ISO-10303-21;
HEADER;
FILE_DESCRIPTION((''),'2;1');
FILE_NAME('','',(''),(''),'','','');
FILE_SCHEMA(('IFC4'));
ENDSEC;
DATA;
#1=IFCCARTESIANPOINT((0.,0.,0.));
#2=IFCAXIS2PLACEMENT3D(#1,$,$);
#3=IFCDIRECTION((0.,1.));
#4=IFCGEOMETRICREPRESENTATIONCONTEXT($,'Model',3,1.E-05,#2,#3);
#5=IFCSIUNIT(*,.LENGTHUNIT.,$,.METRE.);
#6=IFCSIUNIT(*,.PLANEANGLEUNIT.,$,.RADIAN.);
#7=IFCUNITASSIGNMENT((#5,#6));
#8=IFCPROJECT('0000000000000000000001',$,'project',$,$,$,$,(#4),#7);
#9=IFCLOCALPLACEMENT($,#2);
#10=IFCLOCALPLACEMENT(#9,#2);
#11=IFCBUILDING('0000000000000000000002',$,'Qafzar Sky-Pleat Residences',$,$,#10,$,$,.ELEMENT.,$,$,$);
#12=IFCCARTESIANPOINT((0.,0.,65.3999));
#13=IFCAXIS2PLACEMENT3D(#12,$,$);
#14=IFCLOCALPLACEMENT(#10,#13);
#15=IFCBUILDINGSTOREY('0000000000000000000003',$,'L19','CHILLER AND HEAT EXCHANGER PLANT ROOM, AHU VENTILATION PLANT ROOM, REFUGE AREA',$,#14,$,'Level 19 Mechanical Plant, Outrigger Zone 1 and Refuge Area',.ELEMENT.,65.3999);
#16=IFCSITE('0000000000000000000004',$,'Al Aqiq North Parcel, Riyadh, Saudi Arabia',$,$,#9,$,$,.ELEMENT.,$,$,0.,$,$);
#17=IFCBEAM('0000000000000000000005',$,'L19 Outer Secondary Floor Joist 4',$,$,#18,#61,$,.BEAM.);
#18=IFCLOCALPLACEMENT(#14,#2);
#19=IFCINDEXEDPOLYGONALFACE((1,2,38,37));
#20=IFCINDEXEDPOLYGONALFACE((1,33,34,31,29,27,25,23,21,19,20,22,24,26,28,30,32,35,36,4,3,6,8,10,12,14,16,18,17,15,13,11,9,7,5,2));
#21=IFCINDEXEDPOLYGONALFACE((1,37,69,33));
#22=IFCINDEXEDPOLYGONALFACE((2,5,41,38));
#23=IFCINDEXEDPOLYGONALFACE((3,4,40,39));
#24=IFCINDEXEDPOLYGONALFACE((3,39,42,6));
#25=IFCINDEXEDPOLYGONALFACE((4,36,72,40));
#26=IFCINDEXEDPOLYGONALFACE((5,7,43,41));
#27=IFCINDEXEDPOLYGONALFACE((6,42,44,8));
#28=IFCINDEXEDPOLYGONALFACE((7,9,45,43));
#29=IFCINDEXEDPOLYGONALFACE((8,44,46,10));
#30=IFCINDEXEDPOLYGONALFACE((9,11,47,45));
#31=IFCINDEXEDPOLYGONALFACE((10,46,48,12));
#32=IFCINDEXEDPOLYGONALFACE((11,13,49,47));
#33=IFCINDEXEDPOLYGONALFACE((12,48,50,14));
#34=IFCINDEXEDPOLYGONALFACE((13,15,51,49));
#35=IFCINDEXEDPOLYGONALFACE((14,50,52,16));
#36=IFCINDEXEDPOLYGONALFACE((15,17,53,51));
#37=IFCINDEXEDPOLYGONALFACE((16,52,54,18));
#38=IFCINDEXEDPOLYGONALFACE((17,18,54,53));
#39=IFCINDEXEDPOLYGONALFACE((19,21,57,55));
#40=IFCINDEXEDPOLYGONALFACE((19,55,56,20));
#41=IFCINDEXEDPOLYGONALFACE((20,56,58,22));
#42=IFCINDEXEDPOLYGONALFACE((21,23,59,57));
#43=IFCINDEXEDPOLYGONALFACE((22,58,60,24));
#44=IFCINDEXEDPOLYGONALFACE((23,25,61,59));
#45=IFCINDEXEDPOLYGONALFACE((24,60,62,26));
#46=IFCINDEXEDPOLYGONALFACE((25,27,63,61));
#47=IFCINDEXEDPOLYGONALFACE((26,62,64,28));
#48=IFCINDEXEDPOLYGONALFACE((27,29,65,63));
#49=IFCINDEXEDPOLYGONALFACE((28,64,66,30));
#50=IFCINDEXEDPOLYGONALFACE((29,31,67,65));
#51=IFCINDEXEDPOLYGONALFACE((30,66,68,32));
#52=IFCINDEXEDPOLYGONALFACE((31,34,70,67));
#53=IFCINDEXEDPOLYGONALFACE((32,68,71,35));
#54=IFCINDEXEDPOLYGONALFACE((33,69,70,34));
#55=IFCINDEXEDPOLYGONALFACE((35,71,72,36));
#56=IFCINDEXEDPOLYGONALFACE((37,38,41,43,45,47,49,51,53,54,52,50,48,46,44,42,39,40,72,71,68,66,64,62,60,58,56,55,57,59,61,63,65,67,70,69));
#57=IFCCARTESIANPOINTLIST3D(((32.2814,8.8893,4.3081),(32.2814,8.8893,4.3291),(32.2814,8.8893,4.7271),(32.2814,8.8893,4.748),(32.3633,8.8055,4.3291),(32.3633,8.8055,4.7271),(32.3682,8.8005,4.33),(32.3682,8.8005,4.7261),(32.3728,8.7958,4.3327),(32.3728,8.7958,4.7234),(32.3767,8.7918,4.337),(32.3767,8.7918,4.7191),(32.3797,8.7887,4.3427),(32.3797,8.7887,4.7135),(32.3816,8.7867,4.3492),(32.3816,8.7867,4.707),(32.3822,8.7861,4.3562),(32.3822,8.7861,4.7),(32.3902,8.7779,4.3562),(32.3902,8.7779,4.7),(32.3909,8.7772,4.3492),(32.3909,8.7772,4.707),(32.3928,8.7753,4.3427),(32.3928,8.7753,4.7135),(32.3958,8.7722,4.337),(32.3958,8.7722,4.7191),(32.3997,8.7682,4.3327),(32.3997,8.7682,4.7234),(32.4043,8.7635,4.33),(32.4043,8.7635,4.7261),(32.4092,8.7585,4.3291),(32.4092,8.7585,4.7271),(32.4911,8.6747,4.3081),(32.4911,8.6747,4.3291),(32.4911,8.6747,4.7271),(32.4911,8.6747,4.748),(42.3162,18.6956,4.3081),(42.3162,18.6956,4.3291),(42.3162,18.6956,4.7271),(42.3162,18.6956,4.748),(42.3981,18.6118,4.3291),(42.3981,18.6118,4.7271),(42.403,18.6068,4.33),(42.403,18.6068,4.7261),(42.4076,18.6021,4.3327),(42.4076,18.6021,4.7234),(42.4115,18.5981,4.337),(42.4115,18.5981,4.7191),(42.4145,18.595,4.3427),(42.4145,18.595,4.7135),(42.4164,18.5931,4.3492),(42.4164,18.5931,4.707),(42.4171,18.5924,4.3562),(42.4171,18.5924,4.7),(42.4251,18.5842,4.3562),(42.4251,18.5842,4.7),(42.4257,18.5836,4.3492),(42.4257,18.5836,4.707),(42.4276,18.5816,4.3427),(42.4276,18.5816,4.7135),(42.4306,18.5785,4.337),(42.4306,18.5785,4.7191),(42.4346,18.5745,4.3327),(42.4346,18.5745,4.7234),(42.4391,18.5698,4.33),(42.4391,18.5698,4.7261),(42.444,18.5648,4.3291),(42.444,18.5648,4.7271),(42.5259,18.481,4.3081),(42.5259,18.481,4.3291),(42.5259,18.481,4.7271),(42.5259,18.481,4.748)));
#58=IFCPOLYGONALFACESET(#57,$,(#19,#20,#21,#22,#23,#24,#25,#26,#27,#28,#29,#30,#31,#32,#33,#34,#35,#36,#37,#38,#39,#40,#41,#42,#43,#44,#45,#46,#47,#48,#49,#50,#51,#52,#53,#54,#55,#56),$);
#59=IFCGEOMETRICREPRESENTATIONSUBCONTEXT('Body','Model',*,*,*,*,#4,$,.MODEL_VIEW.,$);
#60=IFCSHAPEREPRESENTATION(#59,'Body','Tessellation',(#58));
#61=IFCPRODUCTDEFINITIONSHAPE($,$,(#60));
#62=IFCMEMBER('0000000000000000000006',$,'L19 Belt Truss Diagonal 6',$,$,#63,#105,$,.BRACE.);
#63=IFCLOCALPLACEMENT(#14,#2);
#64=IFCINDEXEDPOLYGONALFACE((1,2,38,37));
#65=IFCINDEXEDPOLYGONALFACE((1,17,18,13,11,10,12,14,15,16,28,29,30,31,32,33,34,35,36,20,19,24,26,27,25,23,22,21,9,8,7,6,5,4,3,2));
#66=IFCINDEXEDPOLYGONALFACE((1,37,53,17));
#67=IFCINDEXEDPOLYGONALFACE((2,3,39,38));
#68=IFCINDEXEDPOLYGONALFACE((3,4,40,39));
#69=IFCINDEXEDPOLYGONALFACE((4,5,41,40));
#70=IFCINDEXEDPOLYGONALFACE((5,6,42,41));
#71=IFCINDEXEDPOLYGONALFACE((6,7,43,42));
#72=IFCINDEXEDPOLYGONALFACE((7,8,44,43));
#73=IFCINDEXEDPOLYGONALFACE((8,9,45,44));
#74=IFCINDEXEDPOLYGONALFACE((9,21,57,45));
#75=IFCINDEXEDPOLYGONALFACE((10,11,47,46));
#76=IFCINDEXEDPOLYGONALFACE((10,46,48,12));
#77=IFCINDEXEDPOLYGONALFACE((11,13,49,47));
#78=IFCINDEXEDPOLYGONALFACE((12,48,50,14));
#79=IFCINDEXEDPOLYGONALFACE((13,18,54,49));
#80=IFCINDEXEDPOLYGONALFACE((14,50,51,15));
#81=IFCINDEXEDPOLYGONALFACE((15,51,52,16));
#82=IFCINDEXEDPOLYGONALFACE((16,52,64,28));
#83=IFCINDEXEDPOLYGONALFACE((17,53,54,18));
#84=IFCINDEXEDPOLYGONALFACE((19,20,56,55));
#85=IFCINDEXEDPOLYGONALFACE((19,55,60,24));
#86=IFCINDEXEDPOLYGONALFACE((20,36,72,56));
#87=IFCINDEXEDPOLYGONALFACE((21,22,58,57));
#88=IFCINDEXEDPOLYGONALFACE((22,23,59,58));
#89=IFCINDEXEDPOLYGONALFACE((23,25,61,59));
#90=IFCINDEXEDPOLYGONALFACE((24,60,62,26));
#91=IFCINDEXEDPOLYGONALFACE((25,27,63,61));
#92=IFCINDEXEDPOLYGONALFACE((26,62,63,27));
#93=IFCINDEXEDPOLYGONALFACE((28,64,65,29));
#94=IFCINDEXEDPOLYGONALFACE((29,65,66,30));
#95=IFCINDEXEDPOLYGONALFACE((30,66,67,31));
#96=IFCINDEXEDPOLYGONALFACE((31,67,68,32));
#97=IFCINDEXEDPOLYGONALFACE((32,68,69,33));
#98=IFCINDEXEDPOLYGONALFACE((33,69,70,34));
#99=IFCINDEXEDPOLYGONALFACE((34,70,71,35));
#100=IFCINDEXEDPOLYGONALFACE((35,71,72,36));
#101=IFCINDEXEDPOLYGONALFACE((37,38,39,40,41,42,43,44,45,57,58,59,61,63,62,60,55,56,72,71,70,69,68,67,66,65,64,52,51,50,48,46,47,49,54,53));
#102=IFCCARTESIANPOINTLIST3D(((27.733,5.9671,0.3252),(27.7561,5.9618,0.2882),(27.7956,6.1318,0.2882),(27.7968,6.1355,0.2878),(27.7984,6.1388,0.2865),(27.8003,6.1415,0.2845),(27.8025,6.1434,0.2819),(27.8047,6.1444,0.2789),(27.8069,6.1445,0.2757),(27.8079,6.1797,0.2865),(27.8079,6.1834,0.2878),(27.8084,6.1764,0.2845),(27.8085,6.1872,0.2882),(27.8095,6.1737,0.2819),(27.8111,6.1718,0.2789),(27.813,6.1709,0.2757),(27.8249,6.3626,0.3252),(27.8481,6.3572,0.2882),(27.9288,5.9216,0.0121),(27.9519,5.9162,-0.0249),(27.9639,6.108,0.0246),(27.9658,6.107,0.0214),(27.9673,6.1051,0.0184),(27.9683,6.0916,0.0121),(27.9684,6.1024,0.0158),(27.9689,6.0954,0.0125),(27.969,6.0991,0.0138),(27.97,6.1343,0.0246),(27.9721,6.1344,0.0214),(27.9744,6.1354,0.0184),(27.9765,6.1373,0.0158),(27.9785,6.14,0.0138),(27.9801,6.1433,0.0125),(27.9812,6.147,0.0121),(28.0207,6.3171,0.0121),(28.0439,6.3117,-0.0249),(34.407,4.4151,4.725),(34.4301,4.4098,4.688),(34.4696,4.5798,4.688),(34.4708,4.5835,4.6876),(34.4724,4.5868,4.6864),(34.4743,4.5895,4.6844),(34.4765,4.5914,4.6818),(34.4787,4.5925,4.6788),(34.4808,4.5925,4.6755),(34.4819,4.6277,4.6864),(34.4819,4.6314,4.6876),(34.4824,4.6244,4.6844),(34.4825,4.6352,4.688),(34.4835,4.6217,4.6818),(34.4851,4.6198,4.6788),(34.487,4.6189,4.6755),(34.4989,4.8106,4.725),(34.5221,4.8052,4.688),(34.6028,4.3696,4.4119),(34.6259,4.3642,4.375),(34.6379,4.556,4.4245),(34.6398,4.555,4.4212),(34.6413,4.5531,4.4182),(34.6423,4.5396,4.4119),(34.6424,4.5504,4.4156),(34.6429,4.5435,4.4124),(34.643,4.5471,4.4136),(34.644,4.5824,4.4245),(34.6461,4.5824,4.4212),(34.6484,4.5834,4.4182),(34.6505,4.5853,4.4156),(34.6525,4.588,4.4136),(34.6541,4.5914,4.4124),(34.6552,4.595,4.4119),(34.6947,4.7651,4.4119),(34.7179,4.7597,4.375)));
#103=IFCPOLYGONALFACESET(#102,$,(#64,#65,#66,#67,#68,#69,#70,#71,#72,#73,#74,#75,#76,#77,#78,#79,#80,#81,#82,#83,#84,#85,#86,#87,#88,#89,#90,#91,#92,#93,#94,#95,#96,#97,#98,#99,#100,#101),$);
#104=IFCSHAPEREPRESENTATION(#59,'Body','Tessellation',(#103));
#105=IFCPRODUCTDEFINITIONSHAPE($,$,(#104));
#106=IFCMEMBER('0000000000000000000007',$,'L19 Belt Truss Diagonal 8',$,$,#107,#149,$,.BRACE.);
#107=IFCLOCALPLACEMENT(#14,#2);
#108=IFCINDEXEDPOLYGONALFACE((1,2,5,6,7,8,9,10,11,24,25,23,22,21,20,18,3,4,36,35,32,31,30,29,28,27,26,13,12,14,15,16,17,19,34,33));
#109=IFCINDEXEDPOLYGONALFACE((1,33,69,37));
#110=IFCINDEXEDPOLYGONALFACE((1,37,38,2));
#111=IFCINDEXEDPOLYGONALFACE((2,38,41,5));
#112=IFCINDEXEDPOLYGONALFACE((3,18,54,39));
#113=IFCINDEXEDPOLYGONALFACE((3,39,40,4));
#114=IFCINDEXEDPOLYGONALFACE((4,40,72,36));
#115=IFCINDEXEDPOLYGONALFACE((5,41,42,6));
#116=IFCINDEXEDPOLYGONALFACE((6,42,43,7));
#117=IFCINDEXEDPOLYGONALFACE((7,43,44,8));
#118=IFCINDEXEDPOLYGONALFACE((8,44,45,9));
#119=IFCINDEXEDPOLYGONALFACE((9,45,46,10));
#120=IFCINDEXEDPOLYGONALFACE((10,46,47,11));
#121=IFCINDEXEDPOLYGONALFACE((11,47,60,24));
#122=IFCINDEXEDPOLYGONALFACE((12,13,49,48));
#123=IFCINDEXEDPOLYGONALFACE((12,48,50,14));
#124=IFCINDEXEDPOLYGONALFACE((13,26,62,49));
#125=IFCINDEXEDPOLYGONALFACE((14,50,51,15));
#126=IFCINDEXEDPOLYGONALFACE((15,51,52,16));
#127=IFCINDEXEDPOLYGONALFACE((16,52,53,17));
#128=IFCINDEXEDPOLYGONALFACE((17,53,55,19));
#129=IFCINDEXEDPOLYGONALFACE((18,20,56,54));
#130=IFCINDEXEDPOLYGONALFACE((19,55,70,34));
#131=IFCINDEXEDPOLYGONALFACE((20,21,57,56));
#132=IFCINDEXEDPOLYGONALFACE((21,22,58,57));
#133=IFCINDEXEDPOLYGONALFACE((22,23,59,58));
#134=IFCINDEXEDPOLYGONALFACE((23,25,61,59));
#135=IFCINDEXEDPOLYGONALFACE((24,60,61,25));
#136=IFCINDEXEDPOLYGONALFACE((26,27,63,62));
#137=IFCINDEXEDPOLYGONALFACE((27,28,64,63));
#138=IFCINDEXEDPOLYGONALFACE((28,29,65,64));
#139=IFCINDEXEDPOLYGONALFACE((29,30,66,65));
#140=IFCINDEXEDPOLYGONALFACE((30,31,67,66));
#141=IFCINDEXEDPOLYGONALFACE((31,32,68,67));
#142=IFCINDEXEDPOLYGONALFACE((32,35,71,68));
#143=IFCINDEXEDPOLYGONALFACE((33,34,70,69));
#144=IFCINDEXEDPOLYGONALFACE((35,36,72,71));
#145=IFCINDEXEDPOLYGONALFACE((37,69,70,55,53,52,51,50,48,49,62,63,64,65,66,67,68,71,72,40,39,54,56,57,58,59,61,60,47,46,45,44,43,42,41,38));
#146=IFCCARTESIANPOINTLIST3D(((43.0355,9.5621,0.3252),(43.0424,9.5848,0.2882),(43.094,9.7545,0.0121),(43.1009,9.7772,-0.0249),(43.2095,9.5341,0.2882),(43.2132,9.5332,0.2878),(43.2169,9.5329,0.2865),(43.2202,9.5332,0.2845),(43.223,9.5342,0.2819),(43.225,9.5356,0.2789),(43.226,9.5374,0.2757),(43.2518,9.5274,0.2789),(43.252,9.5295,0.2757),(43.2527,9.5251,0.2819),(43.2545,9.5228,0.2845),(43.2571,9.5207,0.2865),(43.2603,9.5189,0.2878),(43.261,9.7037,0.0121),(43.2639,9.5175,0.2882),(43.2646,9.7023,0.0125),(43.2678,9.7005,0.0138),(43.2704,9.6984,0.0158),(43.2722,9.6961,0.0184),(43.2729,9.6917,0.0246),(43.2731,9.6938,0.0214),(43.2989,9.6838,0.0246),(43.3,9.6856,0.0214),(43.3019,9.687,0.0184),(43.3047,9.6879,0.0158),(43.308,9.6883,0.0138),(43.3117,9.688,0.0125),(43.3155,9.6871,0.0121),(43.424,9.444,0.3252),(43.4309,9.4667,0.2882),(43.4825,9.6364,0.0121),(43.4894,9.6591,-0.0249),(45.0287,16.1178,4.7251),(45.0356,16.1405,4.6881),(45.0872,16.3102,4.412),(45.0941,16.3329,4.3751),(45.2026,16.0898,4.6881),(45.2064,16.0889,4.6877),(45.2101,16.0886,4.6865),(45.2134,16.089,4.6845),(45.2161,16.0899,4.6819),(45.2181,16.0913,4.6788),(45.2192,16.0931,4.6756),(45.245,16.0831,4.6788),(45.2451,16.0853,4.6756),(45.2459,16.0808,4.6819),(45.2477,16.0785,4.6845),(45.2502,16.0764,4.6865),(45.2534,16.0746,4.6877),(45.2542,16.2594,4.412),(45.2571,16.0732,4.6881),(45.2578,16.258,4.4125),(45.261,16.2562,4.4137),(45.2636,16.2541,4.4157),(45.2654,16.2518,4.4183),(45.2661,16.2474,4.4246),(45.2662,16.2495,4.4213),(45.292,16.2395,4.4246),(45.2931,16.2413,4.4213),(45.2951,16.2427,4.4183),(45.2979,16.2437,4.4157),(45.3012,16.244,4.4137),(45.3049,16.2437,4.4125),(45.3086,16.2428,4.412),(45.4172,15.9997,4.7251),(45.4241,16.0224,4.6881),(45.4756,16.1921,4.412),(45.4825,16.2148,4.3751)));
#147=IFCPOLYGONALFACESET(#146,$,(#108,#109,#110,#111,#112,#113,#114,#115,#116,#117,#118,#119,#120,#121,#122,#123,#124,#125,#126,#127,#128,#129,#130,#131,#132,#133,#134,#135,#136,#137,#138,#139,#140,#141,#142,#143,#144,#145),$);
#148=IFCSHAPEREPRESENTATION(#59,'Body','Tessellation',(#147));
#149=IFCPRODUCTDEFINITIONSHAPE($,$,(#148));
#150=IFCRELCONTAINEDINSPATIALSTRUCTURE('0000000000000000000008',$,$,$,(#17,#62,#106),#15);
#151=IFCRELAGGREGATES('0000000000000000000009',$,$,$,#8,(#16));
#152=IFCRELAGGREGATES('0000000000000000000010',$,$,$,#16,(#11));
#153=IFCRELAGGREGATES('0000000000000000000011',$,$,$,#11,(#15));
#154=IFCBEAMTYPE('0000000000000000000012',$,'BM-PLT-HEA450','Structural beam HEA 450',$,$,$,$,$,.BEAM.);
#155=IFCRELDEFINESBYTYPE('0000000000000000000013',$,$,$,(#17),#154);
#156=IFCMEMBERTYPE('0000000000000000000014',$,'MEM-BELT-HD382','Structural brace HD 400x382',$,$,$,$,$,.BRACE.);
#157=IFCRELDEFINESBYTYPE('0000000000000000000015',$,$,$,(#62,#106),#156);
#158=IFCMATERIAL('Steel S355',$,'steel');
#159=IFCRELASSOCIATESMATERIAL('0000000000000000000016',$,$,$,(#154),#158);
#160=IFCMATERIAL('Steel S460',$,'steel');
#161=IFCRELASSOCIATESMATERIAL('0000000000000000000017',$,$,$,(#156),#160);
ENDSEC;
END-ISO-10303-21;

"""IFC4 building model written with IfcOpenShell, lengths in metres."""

from ifc_helpers import new_model, si_unit, direction, frame, origin, origin_2d, place, context, subcontext, project, spatial, i_section, extrude, source, transform, mapped, material, material_profile, profile_set, type_object, element, save


model = new_model("IFC4")

# Units and contexts
model_context = context("Model", 3, precision=1e-05, world=origin(), true_north=direction((0.0, 1.0)))
body_context = subcontext(model_context, "Body", "Model", "MODEL_VIEW")
ifc_project = project(units=[si_unit("LENGTHUNIT", "METRE"), si_unit("PLANEANGLEUNIT", "RADIAN")], contexts=[model_context])

# Site, building, storey
site_placement = place(None, origin())
site = spatial("IfcSite", under=ifc_project, at=site_placement, Name="Al Aqiq North Parcel, Riyadh, Saudi Arabia", CompositionType="ELEMENT", RefElevation=0.0)
building_placement = place(site_placement, origin())
building = spatial("IfcBuilding", under=site, at=building_placement, Name="Qafzar Sky-Pleat Residences", CompositionType="ELEMENT")
storey_placement = place(building_placement, frame((0.0, 0.0, 65.3999)))
storey = spatial("IfcBuildingStorey", under=building, at=storey_placement, Name="L19", Description="CHILLER AND HEAT EXCHANGER PLANT ROOM, AHU VENTILATION PLANT ROOM, REFUGE AREA", LongName="Level 19 Mechanical Plant, Outrigger Zone 1 and Refuge Area", CompositionType="ELEMENT", Elevation=65.3999)

# Shared definitions
ifc_material_1 = material(Name="Steel S460", Category="steel")

# Beam
ifc_material_2 = material(Name="Steel S355", Category="steel")
ifc_material_profile_1 = material_profile(ifc_material_2, i_section(OverallWidth=0.3, OverallDepth=0.4399, WebThickness=0.0115, FlangeThickness=0.021, FilletRadius=0.0271, at=origin_2d()), Name="HEA 450")
ifc_profile_set_1 = profile_set([ifc_material_profile_1], Name="Steel S355")
beam_type_1 = type_object("IfcBeamType", Name="BM-PLT-HEA450", Description="Structural beam HEA 450", PredefinedType="BEAM", material=ifc_profile_set_1)
shared_shape_1 = source(origin(), body_context, "Body", "SweptSolid", [
    extrude(i_section(OverallWidth=0.3, OverallDepth=0.4399, WebThickness=0.0115, FlangeThickness=0.021, FilletRadius=0.0271, at=origin_2d()), origin(), (0.0, 0.0, 1.0), 14.0308),
])
beam_1_placement = place(storey_placement, frame((32.3862, 8.782, 4.5281), z_axis=(0.715203, 0.698917, 0.0), x_axis=(-0.698917, 0.715203, 0.0)))
element("IfcBeam", 1, at=beam_1_placement, inside=storey, type_object=beam_type_1, Name="L19 Outer Secondary Floor Joist 4", PredefinedType="BEAM", context=body_context, shape_type="MappedRepresentation", body=[
    mapped(shared_shape_1, transform((0.0, 0.0, 0.0), x_axis=(1.0, 0.0, 0.0), y_axis=(0.0, 1.0, 0.0), z_axis=(0.0, 0.0, 1.0), scale=1.0)),
])

# Members
ifc_material_profile_2 = material_profile(ifc_material_1, i_section(OverallWidth=0.406, OverallDepth=0.416, WebThickness=0.0271, FlangeThickness=0.0439, FilletRadius=0.0149, at=origin_2d()), Name="HD 400x382")
ifc_profile_set_2 = profile_set([ifc_material_profile_2], Name="Steel S460")
member_type_1 = type_object("IfcMemberType", Name="MEM-BELT-HD382", Description="Structural brace HD 400x382", PredefinedType="BRACE", material=ifc_profile_set_2)
shared_shape_2 = source(origin(), body_context, "Body", "SweptSolid", [
    extrude(i_section(OverallWidth=0.406, OverallDepth=0.416, WebThickness=0.0271, FlangeThickness=0.0439, FilletRadius=0.0149, at=origin_2d()), origin(), (0.0, 0.0, 1.0), 8.1431),
])
for number, where, z_axis, x_axis, name in (
    (2, (27.8884, 6.1394, 0.1501), (0.819592, -0.19059, 0.540319), (0.226499, 0.974012, 0.0), "L19 Belt Truss Diagonal 6"),
    (3, (43.2625, 9.6106, 0.1501), (0.24477, 0.805067, 0.540329), (-0.956757, 0.290889, 0.0), "L19 Belt Truss Diagonal 8"),
):
    element("IfcMember", number, at=place(storey_placement, frame(where, z_axis=z_axis, x_axis=x_axis)), inside=storey, type_object=member_type_1, Name=name, PredefinedType="BRACE", context=body_context, shape_type="MappedRepresentation", body=[
        mapped(shared_shape_2, transform((0.0, 0.0, 0.0), x_axis=(1.0, 0.0, 0.0), y_axis=(0.0, 1.0, 0.0), z_axis=(0.0, 0.0, 1.0), scale=1.0)),
    ])

save(model, "model.ifc")
